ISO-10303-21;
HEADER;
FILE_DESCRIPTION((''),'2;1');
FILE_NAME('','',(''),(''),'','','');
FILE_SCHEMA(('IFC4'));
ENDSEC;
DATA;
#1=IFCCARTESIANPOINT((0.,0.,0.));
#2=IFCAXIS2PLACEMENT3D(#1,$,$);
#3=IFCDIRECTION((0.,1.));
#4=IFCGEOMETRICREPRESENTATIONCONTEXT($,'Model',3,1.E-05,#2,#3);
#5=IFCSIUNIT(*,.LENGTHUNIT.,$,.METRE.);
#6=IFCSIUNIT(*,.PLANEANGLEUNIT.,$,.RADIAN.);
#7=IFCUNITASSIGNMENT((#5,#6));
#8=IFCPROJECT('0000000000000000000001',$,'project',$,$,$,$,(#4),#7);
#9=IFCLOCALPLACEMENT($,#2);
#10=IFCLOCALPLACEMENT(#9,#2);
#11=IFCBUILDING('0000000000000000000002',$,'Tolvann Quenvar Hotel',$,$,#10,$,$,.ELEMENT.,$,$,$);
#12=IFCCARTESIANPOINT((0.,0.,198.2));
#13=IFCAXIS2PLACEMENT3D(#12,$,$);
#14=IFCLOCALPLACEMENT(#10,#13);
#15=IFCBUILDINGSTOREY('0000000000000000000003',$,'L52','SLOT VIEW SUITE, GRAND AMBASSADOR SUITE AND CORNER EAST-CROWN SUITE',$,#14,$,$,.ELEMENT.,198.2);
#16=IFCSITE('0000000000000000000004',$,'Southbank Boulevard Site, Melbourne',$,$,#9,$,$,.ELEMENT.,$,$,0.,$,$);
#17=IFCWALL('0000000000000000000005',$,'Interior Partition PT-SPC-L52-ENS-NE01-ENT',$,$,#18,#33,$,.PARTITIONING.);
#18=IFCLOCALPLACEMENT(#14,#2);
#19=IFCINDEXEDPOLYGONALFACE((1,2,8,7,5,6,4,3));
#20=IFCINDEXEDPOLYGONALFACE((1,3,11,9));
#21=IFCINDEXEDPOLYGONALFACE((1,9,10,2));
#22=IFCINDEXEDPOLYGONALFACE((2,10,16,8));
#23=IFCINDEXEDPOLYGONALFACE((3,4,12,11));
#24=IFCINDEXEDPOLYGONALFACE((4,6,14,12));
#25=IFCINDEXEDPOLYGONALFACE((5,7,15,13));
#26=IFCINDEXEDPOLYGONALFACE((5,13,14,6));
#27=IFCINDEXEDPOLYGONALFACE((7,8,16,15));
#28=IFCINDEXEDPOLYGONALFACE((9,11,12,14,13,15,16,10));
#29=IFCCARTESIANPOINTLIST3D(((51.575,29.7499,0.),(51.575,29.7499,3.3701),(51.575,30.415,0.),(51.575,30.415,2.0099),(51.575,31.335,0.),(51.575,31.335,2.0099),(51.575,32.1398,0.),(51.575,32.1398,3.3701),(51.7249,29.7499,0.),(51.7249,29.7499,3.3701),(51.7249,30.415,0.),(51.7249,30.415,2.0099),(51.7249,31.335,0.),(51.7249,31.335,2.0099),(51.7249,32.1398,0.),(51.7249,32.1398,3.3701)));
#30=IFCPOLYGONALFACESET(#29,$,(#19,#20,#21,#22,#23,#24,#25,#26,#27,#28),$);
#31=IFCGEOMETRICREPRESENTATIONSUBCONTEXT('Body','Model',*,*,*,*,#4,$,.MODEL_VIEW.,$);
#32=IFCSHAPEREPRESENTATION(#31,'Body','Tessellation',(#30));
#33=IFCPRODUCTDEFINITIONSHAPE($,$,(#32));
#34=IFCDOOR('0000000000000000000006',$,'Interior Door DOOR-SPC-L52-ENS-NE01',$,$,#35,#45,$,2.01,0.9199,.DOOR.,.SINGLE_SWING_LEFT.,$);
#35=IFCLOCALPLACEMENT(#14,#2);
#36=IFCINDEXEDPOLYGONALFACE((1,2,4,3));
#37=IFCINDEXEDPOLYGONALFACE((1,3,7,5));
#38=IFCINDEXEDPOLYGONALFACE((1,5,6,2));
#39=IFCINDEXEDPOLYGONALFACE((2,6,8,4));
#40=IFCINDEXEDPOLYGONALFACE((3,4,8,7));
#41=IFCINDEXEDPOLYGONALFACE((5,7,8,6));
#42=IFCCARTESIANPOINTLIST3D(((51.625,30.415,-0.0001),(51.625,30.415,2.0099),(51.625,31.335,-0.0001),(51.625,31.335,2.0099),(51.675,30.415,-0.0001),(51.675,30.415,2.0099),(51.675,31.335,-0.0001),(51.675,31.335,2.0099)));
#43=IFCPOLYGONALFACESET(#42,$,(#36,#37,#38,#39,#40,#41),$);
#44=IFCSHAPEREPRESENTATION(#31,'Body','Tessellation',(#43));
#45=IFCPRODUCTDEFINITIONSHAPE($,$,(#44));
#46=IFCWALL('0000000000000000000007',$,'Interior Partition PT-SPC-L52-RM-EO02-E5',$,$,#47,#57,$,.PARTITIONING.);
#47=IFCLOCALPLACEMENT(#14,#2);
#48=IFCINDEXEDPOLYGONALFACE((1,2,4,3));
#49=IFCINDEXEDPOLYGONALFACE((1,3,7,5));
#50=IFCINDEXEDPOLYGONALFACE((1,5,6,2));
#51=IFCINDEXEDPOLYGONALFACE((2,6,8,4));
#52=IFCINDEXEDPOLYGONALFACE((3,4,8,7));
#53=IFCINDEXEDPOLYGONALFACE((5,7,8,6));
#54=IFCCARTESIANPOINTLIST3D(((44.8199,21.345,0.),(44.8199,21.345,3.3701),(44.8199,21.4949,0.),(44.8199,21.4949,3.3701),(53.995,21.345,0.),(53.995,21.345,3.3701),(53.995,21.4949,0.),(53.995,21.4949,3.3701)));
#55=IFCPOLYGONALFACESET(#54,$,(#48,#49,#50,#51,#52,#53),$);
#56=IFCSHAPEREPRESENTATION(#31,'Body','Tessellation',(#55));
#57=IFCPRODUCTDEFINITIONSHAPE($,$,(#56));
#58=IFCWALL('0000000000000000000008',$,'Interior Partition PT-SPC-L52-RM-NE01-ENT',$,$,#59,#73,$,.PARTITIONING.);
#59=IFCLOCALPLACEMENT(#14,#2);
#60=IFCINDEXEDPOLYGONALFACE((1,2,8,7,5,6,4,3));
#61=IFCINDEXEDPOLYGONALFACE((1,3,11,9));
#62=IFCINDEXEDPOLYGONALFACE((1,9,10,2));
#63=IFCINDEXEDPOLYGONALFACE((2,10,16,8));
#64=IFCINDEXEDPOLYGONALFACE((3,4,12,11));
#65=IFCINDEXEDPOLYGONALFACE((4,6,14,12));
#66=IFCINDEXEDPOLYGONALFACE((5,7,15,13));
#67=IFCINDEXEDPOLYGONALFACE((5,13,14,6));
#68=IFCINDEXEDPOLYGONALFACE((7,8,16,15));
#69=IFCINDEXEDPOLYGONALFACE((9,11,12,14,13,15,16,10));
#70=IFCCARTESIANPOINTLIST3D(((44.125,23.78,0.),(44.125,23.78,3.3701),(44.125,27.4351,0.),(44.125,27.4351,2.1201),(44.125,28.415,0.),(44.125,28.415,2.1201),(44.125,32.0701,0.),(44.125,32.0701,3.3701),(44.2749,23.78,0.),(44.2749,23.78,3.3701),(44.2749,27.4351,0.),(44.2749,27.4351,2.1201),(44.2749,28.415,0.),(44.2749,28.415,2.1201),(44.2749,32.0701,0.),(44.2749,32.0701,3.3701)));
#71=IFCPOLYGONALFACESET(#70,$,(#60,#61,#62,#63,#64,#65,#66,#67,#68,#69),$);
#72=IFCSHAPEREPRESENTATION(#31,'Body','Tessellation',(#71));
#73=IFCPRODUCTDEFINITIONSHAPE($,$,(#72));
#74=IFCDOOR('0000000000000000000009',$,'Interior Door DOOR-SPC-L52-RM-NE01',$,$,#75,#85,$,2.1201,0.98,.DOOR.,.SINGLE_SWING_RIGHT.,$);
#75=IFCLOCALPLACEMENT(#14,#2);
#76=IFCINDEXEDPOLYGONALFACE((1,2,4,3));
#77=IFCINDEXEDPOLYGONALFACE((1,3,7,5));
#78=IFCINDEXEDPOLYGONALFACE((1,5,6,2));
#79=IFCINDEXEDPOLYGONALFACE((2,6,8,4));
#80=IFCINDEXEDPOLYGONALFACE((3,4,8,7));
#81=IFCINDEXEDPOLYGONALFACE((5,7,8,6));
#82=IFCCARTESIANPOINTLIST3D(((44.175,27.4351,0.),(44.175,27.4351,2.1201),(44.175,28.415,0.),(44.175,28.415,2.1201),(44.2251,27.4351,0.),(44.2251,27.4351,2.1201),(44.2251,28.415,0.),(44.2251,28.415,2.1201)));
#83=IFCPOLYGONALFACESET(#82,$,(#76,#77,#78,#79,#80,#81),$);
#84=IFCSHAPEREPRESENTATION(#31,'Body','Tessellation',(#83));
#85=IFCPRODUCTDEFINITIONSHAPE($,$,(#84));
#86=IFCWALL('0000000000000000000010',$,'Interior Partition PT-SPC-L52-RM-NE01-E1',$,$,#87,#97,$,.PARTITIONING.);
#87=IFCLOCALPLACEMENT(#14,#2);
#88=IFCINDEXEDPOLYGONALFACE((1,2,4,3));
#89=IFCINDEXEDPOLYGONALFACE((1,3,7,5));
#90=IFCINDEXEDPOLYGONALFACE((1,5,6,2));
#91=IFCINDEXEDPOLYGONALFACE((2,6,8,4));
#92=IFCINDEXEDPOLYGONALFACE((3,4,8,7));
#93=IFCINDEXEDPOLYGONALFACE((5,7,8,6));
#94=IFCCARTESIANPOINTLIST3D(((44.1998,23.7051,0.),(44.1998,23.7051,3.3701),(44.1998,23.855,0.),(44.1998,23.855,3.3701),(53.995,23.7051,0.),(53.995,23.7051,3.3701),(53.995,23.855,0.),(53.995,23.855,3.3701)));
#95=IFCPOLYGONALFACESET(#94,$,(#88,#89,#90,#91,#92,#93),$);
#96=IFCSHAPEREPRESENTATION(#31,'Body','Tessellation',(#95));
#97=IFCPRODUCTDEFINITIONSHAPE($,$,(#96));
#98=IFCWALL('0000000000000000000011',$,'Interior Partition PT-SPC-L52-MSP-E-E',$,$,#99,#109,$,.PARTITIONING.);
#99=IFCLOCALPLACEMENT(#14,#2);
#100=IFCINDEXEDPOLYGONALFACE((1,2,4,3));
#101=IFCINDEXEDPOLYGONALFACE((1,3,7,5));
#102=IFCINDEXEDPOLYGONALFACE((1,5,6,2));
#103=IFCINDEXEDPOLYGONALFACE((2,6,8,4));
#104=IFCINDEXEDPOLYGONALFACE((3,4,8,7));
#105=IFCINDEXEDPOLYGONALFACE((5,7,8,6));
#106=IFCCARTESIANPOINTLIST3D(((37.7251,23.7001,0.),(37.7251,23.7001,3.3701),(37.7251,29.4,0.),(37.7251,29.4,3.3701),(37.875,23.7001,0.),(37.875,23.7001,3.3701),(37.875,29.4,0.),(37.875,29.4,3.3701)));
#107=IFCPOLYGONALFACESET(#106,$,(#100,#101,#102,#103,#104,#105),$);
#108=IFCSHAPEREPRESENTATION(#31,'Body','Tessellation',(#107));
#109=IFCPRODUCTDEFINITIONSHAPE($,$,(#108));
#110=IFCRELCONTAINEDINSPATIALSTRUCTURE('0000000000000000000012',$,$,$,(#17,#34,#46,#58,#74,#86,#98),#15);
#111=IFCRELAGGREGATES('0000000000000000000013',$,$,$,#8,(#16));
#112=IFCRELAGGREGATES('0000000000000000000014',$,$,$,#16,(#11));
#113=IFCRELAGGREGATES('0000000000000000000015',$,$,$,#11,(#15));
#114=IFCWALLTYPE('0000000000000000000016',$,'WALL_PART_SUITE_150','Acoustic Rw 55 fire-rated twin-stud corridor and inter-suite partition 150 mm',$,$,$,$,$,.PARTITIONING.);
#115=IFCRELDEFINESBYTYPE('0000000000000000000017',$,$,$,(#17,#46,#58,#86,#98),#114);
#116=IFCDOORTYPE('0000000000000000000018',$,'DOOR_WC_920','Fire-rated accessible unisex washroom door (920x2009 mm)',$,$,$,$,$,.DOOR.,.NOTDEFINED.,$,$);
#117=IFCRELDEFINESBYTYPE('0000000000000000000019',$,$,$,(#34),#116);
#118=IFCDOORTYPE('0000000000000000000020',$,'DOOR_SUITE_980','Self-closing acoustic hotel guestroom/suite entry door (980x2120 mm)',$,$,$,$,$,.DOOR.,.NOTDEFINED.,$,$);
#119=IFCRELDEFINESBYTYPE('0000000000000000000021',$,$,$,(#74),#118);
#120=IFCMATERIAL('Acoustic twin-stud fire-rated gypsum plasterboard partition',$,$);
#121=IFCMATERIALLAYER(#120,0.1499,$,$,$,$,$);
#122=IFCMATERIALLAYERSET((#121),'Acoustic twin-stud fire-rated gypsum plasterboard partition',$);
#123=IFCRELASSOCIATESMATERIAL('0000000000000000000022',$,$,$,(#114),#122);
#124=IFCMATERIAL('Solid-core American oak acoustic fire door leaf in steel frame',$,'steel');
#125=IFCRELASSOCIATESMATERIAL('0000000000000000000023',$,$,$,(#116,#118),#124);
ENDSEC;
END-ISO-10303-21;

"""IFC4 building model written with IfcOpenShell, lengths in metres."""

from ifc_helpers import new_model, si_unit, direction, frame, frame_2d, origin, place, context, subcontext, project, spatial, rectangle, extrude, source, transform, mapped, material, layer, layer_set, type_object, type_shapes, element, fill, save


model = new_model("IFC4")

# Units and contexts
model_context = context("Model", 3, precision=1e-05, world=origin(), true_north=direction((0.0, 1.0)))
body_context = subcontext(model_context, "Body", "Model", "MODEL_VIEW")
ifc_project = project(units=[si_unit("LENGTHUNIT", "METRE"), si_unit("PLANEANGLEUNIT", "RADIAN")], contexts=[model_context])

# Site, building, storey
site_placement = place(None, origin())
site = spatial("IfcSite", under=ifc_project, at=site_placement, Name="Southbank Boulevard Site, Melbourne", CompositionType="ELEMENT", RefElevation=0.0)
building_placement = place(site_placement, origin())
building = spatial("IfcBuilding", under=site, at=building_placement, Name="Tolvann Quenvar Hotel", CompositionType="ELEMENT")
storey_placement = place(building_placement, frame((0.0, 0.0, 198.2)))
storey = spatial("IfcBuildingStorey", under=building, at=storey_placement, Name="L52", Description="SLOT VIEW SUITE, GRAND AMBASSADOR SUITE AND CORNER EAST-CROWN SUITE", CompositionType="ELEMENT", Elevation=198.2)

# Shared definitions
ifc_material_1 = material(Name="Acoustic twin-stud fire-rated gypsum plasterboard partition")
ifc_layer_1 = layer(ifc_material_1, 0.1499)
ifc_layer_set_1 = layer_set([ifc_layer_1], Name="Acoustic twin-stud fire-rated gypsum plasterboard partition")
wall_type_1 = type_object("IfcWallType", Name="WALL_PART_SUITE_150", Description="Acoustic Rw 55 fire-rated twin-stud corridor and inter-suite partition 150 mm", PredefinedType="PARTITIONING", material=ifc_layer_set_1)
ifc_material_2 = material(Name="Solid-core American oak acoustic fire door leaf in steel frame", Category="steel")
door_type_1 = type_object("IfcDoorType", Name="DOOR_WC_920", Description="Fire-rated accessible unisex washroom door (920x2009 mm)", OperationType="NOTDEFINED", PredefinedType="DOOR", material=ifc_material_2)
shared_shape_1 = source(origin(), body_context, "Body", "SweptSolid", [
    extrude(rectangle(XDim=0.9199, YDim=2.01, at=frame_2d((0.46, 1.0049))), frame((0.0, 0.0249, 0.0), z_axis=(0.0, -1.0, 0.0), x_axis=(1.0, 0.0, 0.0)), (0.0, 0.0, 1.0), 0.05),
])
type_shapes(door_type_1, [shared_shape_1])

# Wall, opening, door
wall_1_placement = place(storey_placement, frame((51.6499, 29.75, 0.0), z_axis=(0.0, 0.0, 1.0), x_axis=(0.0, 1.0, 0.0)))
wall_1 = element("IfcWall", 1, at=wall_1_placement, inside=storey, type_object=wall_type_1, Name="Interior Partition PT-SPC-L52-ENS-NE01-ENT", PredefinedType="PARTITIONING", context=body_context, shape_type="SweptSolid", body=[
    extrude(rectangle(XDim=2.3899, YDim=0.1499, at=frame_2d((1.1948, 0.0))), origin(), (0.0, 0.0, 1.0), 3.3701),
])
opening_1_placement = place(wall_1_placement, frame((0.665, 0.0, 0.0)))
opening_1 = element("IfcOpeningElement", 2, at=opening_1_placement, cuts=wall_1, PredefinedType="OPENING", context=body_context, shape_type="SweptSolid", body=[
    extrude(rectangle(XDim=0.9199, YDim=2.01, at=frame_2d((0.46, 1.0049))), frame((0.0, 0.085, 0.0), z_axis=(0.0, -1.0, 0.0), x_axis=(1.0, 0.0, 0.0)), (0.0, 0.0, 1.0), 0.1699),
])
door_1_placement = place(opening_1_placement, origin())
door_1 = element("IfcDoor", 3, at=door_1_placement, inside=storey, type_object=door_type_1, Name="Interior Door DOOR-SPC-L52-ENS-NE01", OperationType="SINGLE_SWING_LEFT", OverallHeight=2.01, OverallWidth=0.9199, PredefinedType="DOOR", context=body_context, shape_type="MappedRepresentation", body=[
    mapped(shared_shape_1, transform((0.0, 0.0, 0.0), x_axis=(1.0, 0.0, 0.0), y_axis=(0.0, 1.0, 0.0), z_axis=(0.0, 0.0, 1.0), scale=1.0)),
])
fill(opening_1, door_1)
door_type_2 = type_object("IfcDoorType", Name="DOOR_SUITE_980", Description="Self-closing acoustic hotel guestroom/suite entry door (980x2120 mm)", OperationType="NOTDEFINED", PredefinedType="DOOR", material=ifc_material_2)
shared_shape_2 = source(origin(), body_context, "Body", "SweptSolid", [
    extrude(rectangle(XDim=0.98, YDim=2.1201, at=frame_2d((0.49, 1.0601))), frame((0.0, 0.0249, 0.0), z_axis=(0.0, -1.0, 0.0), x_axis=(1.0, 0.0, 0.0)), (0.0, 0.0, 1.0), 0.05),
])
type_shapes(door_type_2, [shared_shape_2])

# Wall
wall_2_placement = place(storey_placement, frame((44.8201, 21.4199, 0.0), z_axis=(0.0, 0.0, 1.0), x_axis=(1.0, 0.0, 0.0)))
element("IfcWall", 4, at=wall_2_placement, inside=storey, type_object=wall_type_1, Name="Interior Partition PT-SPC-L52-RM-EO02-E5", PredefinedType="PARTITIONING", context=body_context, shape_type="SweptSolid", body=[
    extrude(rectangle(XDim=9.175, YDim=0.1499, at=frame_2d((4.5874, 0.0))), origin(), (0.0, 0.0, 1.0), 3.3701),
])

# Wall, opening, door
wall_3_placement = place(storey_placement, frame((44.2, 23.78, 0.0), z_axis=(0.0, 0.0, 1.0), x_axis=(0.0, 1.0, 0.0)))
wall_3 = element("IfcWall", 5, at=wall_3_placement, inside=storey, type_object=wall_type_1, Name="Interior Partition PT-SPC-L52-RM-NE01-ENT", PredefinedType="PARTITIONING", context=body_context, shape_type="SweptSolid", body=[
    extrude(rectangle(XDim=8.29, YDim=0.1499, at=frame_2d((4.145, 0.0))), origin(), (0.0, 0.0, 1.0), 3.3701),
])
opening_2_placement = place(wall_3_placement, frame((3.655, 0.0, 0.0)))
opening_2 = element("IfcOpeningElement", 6, at=opening_2_placement, cuts=wall_3, PredefinedType="OPENING", context=body_context, shape_type="SweptSolid", body=[
    extrude(rectangle(XDim=0.98, YDim=2.1201, at=frame_2d((0.49, 1.0601))), frame((0.0, 0.085, 0.0), z_axis=(0.0, -1.0, 0.0), x_axis=(1.0, 0.0, 0.0)), (0.0, 0.0, 1.0), 0.1699),
])
door_2_placement = place(opening_2_placement, origin())
door_2 = element("IfcDoor", 7, at=door_2_placement, inside=storey, type_object=door_type_2, Name="Interior Door DOOR-SPC-L52-RM-NE01", OperationType="SINGLE_SWING_RIGHT", OverallHeight=2.1201, OverallWidth=0.98, PredefinedType="DOOR", context=body_context, shape_type="MappedRepresentation", body=[
    mapped(shared_shape_2, transform((0.0, 0.0, 0.0), x_axis=(1.0, 0.0, 0.0), y_axis=(0.0, 1.0, 0.0), z_axis=(0.0, 0.0, 1.0), scale=1.0)),
])
fill(opening_2, door_2)

# Walls
wall_4_placement = place(storey_placement, frame((44.2, 23.78, 0.0), z_axis=(0.0, 0.0, 1.0), x_axis=(1.0, 0.0, 0.0)))
element("IfcWall", 8, at=wall_4_placement, inside=storey, type_object=wall_type_1, Name="Interior Partition PT-SPC-L52-RM-NE01-E1", PredefinedType="PARTITIONING", context=body_context, shape_type="SweptSolid", body=[
    extrude(rectangle(XDim=9.7952, YDim=0.1499, at=frame_2d((4.8975, 0.0))), origin(), (0.0, 0.0, 1.0), 3.3701),
])
wall_5_placement = place(storey_placement, frame((37.8, 23.7, 0.0), z_axis=(0.0, 0.0, 1.0), x_axis=(0.0, 1.0, 0.0)))
element("IfcWall", 9, at=wall_5_placement, inside=storey, type_object=wall_type_1, Name="Interior Partition PT-SPC-L52-MSP-E-E", PredefinedType="PARTITIONING", context=body_context, shape_type="SweptSolid", body=[
    extrude(rectangle(XDim=5.7, YDim=0.1499, at=frame_2d((2.8501, 0.0))), origin(), (0.0, 0.0, 1.0), 3.3701),
])

save(model, "model.ifc")
